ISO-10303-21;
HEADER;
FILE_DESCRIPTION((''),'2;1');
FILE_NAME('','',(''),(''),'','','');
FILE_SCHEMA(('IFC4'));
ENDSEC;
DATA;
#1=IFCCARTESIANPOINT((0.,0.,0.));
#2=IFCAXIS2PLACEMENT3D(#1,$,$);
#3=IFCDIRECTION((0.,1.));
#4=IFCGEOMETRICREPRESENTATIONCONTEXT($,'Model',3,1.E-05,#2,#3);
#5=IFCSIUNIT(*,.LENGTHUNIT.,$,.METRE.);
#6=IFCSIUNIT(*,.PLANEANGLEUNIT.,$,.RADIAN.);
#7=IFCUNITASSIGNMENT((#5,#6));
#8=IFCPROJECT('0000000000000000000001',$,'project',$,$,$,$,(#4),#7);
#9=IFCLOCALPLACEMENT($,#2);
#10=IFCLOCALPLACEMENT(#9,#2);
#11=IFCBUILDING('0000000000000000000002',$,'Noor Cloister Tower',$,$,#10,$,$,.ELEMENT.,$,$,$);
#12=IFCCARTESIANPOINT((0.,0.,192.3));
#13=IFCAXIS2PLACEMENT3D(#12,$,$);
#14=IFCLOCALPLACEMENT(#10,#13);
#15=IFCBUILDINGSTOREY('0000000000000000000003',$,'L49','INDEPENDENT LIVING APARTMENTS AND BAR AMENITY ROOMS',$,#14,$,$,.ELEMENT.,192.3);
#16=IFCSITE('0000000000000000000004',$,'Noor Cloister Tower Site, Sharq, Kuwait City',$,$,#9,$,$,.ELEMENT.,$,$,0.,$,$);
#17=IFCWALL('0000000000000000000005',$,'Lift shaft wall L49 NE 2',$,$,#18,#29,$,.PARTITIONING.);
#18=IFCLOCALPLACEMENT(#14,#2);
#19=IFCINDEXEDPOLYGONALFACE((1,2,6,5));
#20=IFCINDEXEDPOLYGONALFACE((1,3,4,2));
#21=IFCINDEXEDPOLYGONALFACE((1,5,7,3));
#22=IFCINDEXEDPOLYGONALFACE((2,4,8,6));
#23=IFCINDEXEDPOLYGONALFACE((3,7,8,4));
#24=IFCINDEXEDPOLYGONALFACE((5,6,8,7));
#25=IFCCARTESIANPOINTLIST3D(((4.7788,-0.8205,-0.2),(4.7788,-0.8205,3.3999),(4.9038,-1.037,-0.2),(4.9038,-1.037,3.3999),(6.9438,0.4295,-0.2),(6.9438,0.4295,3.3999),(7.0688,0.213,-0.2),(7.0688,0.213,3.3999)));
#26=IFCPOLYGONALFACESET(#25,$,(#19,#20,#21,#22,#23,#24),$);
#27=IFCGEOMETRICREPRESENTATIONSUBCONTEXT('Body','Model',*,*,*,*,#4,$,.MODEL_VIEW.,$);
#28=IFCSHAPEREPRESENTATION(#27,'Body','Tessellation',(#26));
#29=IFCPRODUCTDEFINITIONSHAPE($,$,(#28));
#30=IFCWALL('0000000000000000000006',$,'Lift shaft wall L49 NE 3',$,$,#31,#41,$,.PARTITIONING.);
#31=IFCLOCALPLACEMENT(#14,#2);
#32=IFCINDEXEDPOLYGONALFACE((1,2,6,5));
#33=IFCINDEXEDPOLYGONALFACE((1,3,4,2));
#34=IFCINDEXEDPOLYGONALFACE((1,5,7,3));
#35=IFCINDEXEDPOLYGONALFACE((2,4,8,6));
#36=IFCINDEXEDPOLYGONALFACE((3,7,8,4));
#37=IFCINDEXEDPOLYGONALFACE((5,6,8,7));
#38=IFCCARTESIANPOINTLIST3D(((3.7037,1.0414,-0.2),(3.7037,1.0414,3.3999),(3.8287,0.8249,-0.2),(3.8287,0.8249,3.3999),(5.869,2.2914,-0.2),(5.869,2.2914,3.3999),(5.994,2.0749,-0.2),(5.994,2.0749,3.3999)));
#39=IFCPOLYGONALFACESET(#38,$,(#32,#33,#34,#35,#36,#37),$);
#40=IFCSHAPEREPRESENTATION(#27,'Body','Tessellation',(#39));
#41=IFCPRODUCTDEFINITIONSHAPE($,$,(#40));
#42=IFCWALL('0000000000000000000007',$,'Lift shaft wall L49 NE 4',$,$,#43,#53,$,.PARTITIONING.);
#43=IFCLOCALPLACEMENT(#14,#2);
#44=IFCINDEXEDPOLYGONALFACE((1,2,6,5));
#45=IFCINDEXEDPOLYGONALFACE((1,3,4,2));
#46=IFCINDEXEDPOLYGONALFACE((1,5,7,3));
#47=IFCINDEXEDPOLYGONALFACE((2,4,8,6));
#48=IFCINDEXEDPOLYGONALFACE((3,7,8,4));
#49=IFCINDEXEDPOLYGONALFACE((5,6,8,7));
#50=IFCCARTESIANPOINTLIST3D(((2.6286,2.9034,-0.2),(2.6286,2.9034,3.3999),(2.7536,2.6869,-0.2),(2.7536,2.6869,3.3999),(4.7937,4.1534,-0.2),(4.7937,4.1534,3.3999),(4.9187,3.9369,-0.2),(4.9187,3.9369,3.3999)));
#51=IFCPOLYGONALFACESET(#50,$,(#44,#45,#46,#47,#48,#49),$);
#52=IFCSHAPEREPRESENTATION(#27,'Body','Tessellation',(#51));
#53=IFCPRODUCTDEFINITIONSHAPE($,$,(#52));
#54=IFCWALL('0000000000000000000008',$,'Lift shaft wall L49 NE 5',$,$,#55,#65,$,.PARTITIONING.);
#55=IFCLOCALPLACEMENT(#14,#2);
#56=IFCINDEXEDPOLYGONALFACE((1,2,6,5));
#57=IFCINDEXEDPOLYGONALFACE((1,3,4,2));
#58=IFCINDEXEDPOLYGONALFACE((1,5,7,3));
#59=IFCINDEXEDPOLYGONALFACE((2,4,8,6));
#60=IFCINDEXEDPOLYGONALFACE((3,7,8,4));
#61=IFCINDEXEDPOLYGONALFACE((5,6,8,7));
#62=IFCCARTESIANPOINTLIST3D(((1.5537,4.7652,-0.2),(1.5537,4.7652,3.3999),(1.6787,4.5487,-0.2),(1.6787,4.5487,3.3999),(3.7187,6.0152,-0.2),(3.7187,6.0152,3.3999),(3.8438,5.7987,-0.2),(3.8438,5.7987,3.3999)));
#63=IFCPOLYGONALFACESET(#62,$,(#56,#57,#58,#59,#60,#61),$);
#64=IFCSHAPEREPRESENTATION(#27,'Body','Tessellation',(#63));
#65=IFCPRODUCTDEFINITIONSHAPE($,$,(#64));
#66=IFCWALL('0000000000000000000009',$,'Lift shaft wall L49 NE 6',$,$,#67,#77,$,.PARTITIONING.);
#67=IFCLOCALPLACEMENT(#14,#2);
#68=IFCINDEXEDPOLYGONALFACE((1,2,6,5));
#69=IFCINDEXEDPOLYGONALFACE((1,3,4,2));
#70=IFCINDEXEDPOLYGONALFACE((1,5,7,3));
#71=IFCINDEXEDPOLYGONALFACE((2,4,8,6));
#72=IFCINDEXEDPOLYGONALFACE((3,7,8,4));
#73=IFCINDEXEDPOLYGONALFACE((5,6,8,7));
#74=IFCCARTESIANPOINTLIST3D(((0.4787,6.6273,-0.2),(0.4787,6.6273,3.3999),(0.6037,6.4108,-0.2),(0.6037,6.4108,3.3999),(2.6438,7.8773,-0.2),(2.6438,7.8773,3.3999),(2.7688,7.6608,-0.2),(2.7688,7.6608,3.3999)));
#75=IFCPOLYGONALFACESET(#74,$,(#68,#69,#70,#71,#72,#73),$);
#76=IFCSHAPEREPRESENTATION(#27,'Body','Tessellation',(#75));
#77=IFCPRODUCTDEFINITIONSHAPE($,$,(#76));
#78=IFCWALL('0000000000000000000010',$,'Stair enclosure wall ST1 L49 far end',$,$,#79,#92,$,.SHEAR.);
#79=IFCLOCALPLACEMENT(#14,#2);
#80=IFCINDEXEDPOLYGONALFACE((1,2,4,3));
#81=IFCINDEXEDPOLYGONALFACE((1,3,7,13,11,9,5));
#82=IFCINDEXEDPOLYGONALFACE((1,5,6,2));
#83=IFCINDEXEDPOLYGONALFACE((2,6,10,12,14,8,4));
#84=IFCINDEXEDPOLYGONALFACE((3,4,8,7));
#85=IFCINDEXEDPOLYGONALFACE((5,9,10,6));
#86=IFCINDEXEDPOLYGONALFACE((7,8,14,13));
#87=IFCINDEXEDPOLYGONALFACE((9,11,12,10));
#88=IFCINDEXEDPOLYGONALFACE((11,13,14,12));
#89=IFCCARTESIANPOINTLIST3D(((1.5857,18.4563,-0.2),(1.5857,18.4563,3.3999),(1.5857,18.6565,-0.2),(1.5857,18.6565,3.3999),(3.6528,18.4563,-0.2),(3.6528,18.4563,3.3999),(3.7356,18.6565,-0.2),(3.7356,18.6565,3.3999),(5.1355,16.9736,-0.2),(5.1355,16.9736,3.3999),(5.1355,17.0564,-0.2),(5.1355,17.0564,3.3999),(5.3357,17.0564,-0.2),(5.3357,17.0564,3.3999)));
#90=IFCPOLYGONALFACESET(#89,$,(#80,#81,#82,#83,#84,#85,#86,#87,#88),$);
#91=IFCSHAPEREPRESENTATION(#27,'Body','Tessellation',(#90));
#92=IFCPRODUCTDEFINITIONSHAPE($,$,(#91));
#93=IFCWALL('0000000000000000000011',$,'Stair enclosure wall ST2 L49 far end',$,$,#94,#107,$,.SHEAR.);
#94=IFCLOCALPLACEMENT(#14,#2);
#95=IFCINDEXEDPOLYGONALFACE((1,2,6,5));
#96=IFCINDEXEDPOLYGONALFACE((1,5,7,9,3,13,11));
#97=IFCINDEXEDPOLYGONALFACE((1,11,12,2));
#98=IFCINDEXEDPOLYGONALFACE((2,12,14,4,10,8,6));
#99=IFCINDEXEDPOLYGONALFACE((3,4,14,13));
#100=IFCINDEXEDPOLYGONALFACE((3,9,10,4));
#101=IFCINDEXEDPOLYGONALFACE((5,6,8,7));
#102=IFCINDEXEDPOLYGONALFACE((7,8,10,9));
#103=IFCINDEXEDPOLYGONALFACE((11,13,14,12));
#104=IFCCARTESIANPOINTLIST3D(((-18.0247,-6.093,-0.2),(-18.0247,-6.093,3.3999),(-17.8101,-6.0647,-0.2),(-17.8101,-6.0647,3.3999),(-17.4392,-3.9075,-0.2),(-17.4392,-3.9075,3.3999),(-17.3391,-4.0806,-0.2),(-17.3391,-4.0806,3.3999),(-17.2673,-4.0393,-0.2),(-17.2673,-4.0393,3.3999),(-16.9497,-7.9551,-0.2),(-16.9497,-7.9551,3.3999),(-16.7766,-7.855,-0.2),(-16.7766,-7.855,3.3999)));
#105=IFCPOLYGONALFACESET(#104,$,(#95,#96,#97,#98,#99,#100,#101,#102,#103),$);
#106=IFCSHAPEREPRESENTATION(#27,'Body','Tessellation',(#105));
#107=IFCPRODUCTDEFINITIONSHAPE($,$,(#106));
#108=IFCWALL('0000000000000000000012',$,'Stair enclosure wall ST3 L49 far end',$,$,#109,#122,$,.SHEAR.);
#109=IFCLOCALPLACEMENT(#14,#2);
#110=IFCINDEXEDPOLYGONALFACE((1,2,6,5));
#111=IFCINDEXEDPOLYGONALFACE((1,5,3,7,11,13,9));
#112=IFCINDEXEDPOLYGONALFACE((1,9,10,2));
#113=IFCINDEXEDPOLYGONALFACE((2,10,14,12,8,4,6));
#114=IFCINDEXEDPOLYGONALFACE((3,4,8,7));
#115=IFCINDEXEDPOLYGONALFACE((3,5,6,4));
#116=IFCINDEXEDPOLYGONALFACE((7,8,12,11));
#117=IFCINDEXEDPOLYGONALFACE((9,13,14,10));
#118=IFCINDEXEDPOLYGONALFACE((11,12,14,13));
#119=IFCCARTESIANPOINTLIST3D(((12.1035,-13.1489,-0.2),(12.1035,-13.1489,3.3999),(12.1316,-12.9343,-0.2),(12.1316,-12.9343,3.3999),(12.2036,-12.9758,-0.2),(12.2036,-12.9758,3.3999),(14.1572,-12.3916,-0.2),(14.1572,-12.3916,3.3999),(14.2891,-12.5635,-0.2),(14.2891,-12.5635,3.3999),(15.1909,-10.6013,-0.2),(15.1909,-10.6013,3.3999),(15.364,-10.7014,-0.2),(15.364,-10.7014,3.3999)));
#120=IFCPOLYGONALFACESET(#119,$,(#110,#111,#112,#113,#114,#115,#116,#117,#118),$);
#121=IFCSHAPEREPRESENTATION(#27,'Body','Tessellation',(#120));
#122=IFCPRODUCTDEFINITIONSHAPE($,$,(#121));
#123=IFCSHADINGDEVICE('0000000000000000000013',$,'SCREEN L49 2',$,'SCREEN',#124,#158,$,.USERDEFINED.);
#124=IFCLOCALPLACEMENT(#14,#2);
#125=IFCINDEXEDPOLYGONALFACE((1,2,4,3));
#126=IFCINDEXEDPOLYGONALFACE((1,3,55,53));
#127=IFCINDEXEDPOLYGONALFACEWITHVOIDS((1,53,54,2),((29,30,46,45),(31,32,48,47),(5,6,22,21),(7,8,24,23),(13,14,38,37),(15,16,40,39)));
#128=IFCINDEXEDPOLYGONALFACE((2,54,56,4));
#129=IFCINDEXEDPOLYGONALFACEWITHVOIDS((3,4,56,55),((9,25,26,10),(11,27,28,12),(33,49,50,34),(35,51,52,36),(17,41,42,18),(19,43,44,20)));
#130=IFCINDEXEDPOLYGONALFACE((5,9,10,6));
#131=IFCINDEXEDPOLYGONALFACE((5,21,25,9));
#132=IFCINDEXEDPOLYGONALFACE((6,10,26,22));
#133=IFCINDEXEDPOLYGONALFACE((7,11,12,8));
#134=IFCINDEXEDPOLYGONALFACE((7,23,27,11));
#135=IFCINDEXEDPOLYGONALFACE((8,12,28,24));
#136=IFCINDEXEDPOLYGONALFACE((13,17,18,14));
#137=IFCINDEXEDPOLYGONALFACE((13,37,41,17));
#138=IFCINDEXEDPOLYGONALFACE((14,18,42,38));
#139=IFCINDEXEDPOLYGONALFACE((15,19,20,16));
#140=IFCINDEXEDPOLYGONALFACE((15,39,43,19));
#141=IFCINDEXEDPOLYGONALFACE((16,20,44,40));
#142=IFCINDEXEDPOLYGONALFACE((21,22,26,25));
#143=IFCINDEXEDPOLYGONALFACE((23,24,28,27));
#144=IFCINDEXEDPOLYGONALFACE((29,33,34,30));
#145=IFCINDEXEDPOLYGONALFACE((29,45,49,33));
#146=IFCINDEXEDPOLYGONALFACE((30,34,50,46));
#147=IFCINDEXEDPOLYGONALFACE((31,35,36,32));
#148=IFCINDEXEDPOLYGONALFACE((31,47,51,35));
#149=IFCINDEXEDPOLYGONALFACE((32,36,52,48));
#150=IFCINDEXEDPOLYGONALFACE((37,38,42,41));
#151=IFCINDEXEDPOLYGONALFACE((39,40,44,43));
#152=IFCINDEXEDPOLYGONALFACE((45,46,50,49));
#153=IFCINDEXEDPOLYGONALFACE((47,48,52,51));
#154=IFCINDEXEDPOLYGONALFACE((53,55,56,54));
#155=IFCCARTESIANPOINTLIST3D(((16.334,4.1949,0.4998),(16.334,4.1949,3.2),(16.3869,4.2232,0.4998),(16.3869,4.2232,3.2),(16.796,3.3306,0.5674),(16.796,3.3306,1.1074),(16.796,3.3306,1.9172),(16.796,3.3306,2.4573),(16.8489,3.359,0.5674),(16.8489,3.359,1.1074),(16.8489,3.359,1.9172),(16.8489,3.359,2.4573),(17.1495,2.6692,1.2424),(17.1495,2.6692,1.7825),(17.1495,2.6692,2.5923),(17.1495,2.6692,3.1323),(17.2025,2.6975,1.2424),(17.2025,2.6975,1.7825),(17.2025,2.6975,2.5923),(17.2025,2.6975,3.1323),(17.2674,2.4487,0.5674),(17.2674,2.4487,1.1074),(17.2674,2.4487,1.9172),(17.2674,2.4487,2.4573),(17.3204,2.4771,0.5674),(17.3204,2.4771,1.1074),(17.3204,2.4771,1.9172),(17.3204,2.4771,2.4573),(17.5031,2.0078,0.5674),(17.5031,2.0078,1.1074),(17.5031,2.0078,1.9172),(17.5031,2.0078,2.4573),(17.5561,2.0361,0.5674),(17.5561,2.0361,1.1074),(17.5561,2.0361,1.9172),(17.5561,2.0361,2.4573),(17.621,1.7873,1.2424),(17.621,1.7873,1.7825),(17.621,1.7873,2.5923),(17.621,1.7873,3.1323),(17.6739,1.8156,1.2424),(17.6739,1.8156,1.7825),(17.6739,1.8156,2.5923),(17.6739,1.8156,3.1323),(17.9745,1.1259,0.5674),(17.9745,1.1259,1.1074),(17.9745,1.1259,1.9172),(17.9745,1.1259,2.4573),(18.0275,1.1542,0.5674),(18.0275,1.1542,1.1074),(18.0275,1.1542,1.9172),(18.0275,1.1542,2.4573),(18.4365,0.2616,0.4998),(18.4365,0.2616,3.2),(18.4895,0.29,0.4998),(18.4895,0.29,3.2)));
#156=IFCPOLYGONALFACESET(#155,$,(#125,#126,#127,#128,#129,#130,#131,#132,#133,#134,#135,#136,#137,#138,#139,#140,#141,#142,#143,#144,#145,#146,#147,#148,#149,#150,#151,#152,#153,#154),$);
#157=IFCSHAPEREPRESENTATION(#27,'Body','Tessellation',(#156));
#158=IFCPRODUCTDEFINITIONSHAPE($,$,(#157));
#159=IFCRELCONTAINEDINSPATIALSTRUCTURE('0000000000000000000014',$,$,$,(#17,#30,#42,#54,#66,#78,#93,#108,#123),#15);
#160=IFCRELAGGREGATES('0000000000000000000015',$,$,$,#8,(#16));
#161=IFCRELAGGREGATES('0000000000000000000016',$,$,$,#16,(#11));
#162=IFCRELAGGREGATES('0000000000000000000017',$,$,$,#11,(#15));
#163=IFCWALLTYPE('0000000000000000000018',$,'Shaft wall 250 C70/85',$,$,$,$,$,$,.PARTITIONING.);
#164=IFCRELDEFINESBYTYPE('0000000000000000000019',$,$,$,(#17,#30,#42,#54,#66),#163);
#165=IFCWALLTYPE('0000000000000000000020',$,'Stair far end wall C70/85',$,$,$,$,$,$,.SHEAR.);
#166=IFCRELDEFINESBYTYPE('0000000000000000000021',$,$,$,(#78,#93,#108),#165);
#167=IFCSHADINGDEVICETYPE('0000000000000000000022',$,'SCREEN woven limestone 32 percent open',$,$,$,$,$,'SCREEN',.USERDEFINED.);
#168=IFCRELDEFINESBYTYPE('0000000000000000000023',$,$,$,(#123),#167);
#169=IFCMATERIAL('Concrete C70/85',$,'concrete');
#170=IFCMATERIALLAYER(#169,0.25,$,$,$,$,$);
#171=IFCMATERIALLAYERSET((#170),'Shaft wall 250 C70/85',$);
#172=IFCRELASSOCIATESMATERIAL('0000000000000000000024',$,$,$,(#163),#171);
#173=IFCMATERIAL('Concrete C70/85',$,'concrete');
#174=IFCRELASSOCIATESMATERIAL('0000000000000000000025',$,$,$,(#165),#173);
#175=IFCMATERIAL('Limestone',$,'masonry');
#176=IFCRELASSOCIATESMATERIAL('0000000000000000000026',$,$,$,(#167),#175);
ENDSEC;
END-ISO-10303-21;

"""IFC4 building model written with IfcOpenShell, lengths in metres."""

from ifc_helpers import new_model, si_unit, direction, frame, frame_2d, origin, place, context, subcontext, project, spatial, polyline, rectangle, outline, extrude, material, layer, layer_set, material_profile, profile_set, type_object, element, save


model = new_model("IFC4")

# Units and contexts
model_context = context("Model", 3, precision=1e-05, world=origin(), true_north=direction((0.0, 1.0)))
body_context = subcontext(model_context, "Body", "Model", "MODEL_VIEW")
ifc_project = project(units=[si_unit("LENGTHUNIT", "METRE"), si_unit("PLANEANGLEUNIT", "RADIAN")], contexts=[model_context])

# Site, building, storey
site_placement = place(None, origin())
site = spatial("IfcSite", under=ifc_project, at=site_placement, Name="Noor Cloister Tower Site, Sharq, Kuwait City", CompositionType="ELEMENT", RefElevation=0.0)
building_placement = place(site_placement, origin())
building = spatial("IfcBuilding", under=site, at=building_placement, Name="Noor Cloister Tower", CompositionType="ELEMENT")
storey_placement = place(building_placement, frame((0.0, 0.0, 192.3)))
storey = spatial("IfcBuildingStorey", under=building, at=storey_placement, Name="L49", Description="INDEPENDENT LIVING APARTMENTS AND BAR AMENITY ROOMS", CompositionType="ELEMENT", Elevation=192.3)

# Walls
ifc_material_1 = material(Name="Concrete C70/85", Category="concrete")
ifc_layer_1 = layer(ifc_material_1, 0.25)
ifc_layer_set_1 = layer_set([ifc_layer_1], Name="Shaft wall 250 C70/85")
wall_type_1 = type_object("IfcWallType", Name="Shaft wall 250 C70/85", PredefinedType="PARTITIONING", material=ifc_layer_set_1)
wall_1_placement = place(storey_placement, frame((7.0063, 0.3213, -0.2), z_axis=(0.0, 0.0, 1.0), x_axis=(-0.866023, -0.500004, 0.0)))
element("IfcWall", 1, at=wall_1_placement, inside=storey, type_object=wall_type_1, Name="Lift shaft wall L49 NE 2", PredefinedType="PARTITIONING", context=body_context, shape_type="SweptSolid", body=[
    extrude(rectangle(XDim=2.5, YDim=0.25, at=frame_2d((1.25, 0.0))), origin(), (0.0, 0.0, 1.0), 3.5999),
])
wall_2_placement = place(storey_placement, frame((5.9314, 2.1831, -0.2), z_axis=(0.0, 0.0, 1.0), x_axis=(-0.866047, -0.499962, 0.0)))
element("IfcWall", 2, at=wall_2_placement, inside=storey, type_object=wall_type_1, Name="Lift shaft wall L49 NE 3", PredefinedType="PARTITIONING", context=body_context, shape_type="SweptSolid", body=[
    extrude(rectangle(XDim=2.5002, YDim=0.25, at=frame_2d((1.25, 0.0))), origin(), (0.0, 0.0, 1.0), 3.5999),
])
for number, where, z_axis, x_axis, name in (
    (3, (4.8562, 4.0452, -0.2), (0.0, 0.0, 1.0), (-0.866023, -0.500004, 0.0), "Lift shaft wall L49 NE 4"),
    (4, (3.7812, 5.907, -0.2), (0.0, 0.0, 1.0), (-0.866023, -0.500004, 0.0), "Lift shaft wall L49 NE 5"),
    (5, (2.7063, 7.769, -0.2), (0.0, 0.0, 1.0), (-0.866023, -0.500004, 0.0), "Lift shaft wall L49 NE 6"),
):
    element("IfcWall", number, at=place(storey_placement, frame(where, z_axis=z_axis, x_axis=x_axis)), inside=storey, type_object=wall_type_1, Name=name, PredefinedType="PARTITIONING", context=body_context, shape_type="SweptSolid", body=[
        extrude(rectangle(XDim=2.5, YDim=0.25, at=frame_2d((1.25, 0.0))), origin(), (0.0, 0.0, 1.0), 3.5999),
    ])
ifc_material_2 = material(Name="Concrete C70/85", Category="concrete")
wall_type_2 = type_object("IfcWallType", Name="Stair far end wall C70/85", PredefinedType="SHEAR", material=ifc_material_2)
wall_3_placement = place(storey_placement, frame((0.0, 0.0, -0.2)))
element("IfcWall", 6, at=wall_3_placement, inside=storey, type_object=wall_type_2, Name="Stair enclosure wall ST1 L49 far end", PredefinedType="SHEAR", context=body_context, shape_type="SweptSolid", body=[
    extrude(outline(polyline([(5.3357, 17.0564), (3.7356, 18.6565), (1.5857, 18.6565), (1.5857, 18.4563), (3.6528, 18.4563), (5.1355, 16.9736), (5.1355, 17.0564), (5.1355, 17.0564), (5.1355, 17.0564), (5.1355, 17.0564), (5.1355, 17.0564), (5.1355, 17.0564), (5.1355, 17.0564), (5.1355, 17.0564), (5.1355, 17.0564), (5.1355, 17.0564), (5.1355, 17.0564), (5.1355, 17.0564), (5.1355, 17.0564), (5.1355, 17.0564), (5.1355, 17.0564), (5.1355, 17.0564), (5.1355, 17.0564), (5.3357, 17.0564)])), origin(), (0.0, 0.0, 1.0), 3.5999),
])
wall_4_placement = place(storey_placement, frame((0.0, 0.0, -0.2)))
element("IfcWall", 7, at=wall_4_placement, inside=storey, type_object=wall_type_2, Name="Stair enclosure wall ST2 L49 far end", PredefinedType="SHEAR", context=body_context, shape_type="SweptSolid", body=[
    extrude(outline(polyline([(-17.4392, -3.9075), (-18.0247, -6.093), (-16.9497, -7.9551), (-16.7766, -7.855), (-17.8101, -6.0647), (-17.2673, -4.0393), (-17.3391, -4.0806), (-17.3391, -4.0806), (-17.3391, -4.0806), (-17.3391, -4.0806), (-17.3391, -4.0806), (-17.3391, -4.0806), (-17.3391, -4.0806), (-17.3391, -4.0806), (-17.3391, -4.0806), (-17.3391, -4.0806), (-17.3391, -4.0806), (-17.3391, -4.0806), (-17.3391, -4.0806), (-17.3391, -4.0806), (-17.3391, -4.0806), (-17.3391, -4.0806), (-17.3391, -4.0806), (-17.4392, -3.9075)])), origin(), (0.0, 0.0, 1.0), 3.5999),
])
wall_5_placement = place(storey_placement, frame((0.0, 0.0, -0.2)))
element("IfcWall", 8, at=wall_5_placement, inside=storey, type_object=wall_type_2, Name="Stair enclosure wall ST3 L49 far end", PredefinedType="SHEAR", context=body_context, shape_type="SweptSolid", body=[
    extrude(outline(polyline([(12.1035, -13.1489), (14.2891, -12.5635), (15.364, -10.7014), (15.1909, -10.6013), (14.1572, -12.3916), (12.1316, -12.9343), (12.2036, -12.9758), (12.2036, -12.9758), (12.2036, -12.9758), (12.2036, -12.9758), (12.2036, -12.9758), (12.2036, -12.9758), (12.2036, -12.9758), (12.2036, -12.9758), (12.2036, -12.9758), (12.2036, -12.9758), (12.2036, -12.9758), (12.2036, -12.9758), (12.2036, -12.9758), (12.2036, -12.9758), (12.2036, -12.9758), (12.2036, -12.9758), (12.2036, -12.9758), (12.1035, -13.1489)])), origin(), (0.0, 0.0, 1.0), 3.5999),
])

# Shading device
ifc_material_3 = material(Name="Limestone", Category="masonry")
ifc_material_profile_1 = material_profile(ifc_material_3, outline(polyline([(-2.23, -1.3501), (2.23, -1.3501), (2.23, 1.3501), (-2.23, 1.3501), (-2.23, -1.3501)]), holes=[polyline([(-1.25, -1.2825), (-0.25, -1.2825), (-0.25, -0.7424), (-1.25, -0.7424), (-1.25, -1.2825)]), polyline([(0.25, -1.2825), (1.25, -1.2825), (1.25, -0.7424), (0.25, -0.7424), (0.25, -1.2825)]), polyline([(-0.5, -0.6074), (0.5, -0.6074), (0.5, -0.0674), (-0.5, -0.0674), (-0.5, -0.6074)]), polyline([(-1.25, 0.0674), (-0.25, 0.0674), (-0.25, 0.6074), (-1.25, 0.6074), (-1.25, 0.0674)]), polyline([(0.25, 0.0674), (1.25, 0.0674), (1.25, 0.6074), (0.25, 0.6074), (0.25, 0.0674)]), polyline([(-0.5, 0.7424), (0.5, 0.7424), (0.5, 1.2825), (-0.5, 1.2825), (-0.5, 0.7424)])]), Name="Woven screen 32 percent open")
ifc_profile_set_1 = profile_set([ifc_material_profile_1], Name="Limestone")
shading_device_type = type_object("IfcShadingDeviceType", Name="SCREEN woven limestone 32 percent open", ElementType="SCREEN", PredefinedType="USERDEFINED", material=ifc_profile_set_1)
for number, where, z_axis, x_axis, name in (
    (9, (17.3853, 2.2283, 1.8499), (0.881903, 0.471432, 0.0), (-0.471432, 0.881903, 0.0), "SCREEN L49 2"),
):
    element("IfcShadingDevice", number, at=place(storey_placement, frame(where, z_axis=z_axis, x_axis=x_axis)), inside=storey, type_object=shading_device_type, Name=name, ObjectType="SCREEN", PredefinedType="USERDEFINED", context=body_context, shape_type="SweptSolid", body=[
        extrude(outline(polyline([(-2.23, -1.3501), (2.23, -1.3501), (2.23, 1.3501), (-2.23, 1.3501), (-2.23, -1.3501)]), holes=[polyline([(-1.25, -1.2825), (-0.25, -1.2825), (-0.25, -0.7424), (-1.25, -0.7424), (-1.25, -1.2825)]), polyline([(0.25, -1.2825), (1.25, -1.2825), (1.25, -0.7424), (0.25, -0.7424), (0.25, -1.2825)]), polyline([(-0.5, -0.6074), (0.5, -0.6074), (0.5, -0.0674), (-0.5, -0.0674), (-0.5, -0.6074)]), polyline([(-1.25, 0.0674), (-0.25, 0.0674), (-0.25, 0.6074), (-1.25, 0.6074), (-1.25, 0.0674)]), polyline([(0.25, 0.0674), (1.25, 0.0674), (1.25, 0.6074), (0.25, 0.6074), (0.25, 0.0674)]), polyline([(-0.5, 0.7424), (0.5, 0.7424), (0.5, 1.2825), (-0.5, 1.2825), (-0.5, 0.7424)])]), origin(), (0.0, 0.0, 1.0), 0.0601),
    ])

save(model, "model.ifc")
